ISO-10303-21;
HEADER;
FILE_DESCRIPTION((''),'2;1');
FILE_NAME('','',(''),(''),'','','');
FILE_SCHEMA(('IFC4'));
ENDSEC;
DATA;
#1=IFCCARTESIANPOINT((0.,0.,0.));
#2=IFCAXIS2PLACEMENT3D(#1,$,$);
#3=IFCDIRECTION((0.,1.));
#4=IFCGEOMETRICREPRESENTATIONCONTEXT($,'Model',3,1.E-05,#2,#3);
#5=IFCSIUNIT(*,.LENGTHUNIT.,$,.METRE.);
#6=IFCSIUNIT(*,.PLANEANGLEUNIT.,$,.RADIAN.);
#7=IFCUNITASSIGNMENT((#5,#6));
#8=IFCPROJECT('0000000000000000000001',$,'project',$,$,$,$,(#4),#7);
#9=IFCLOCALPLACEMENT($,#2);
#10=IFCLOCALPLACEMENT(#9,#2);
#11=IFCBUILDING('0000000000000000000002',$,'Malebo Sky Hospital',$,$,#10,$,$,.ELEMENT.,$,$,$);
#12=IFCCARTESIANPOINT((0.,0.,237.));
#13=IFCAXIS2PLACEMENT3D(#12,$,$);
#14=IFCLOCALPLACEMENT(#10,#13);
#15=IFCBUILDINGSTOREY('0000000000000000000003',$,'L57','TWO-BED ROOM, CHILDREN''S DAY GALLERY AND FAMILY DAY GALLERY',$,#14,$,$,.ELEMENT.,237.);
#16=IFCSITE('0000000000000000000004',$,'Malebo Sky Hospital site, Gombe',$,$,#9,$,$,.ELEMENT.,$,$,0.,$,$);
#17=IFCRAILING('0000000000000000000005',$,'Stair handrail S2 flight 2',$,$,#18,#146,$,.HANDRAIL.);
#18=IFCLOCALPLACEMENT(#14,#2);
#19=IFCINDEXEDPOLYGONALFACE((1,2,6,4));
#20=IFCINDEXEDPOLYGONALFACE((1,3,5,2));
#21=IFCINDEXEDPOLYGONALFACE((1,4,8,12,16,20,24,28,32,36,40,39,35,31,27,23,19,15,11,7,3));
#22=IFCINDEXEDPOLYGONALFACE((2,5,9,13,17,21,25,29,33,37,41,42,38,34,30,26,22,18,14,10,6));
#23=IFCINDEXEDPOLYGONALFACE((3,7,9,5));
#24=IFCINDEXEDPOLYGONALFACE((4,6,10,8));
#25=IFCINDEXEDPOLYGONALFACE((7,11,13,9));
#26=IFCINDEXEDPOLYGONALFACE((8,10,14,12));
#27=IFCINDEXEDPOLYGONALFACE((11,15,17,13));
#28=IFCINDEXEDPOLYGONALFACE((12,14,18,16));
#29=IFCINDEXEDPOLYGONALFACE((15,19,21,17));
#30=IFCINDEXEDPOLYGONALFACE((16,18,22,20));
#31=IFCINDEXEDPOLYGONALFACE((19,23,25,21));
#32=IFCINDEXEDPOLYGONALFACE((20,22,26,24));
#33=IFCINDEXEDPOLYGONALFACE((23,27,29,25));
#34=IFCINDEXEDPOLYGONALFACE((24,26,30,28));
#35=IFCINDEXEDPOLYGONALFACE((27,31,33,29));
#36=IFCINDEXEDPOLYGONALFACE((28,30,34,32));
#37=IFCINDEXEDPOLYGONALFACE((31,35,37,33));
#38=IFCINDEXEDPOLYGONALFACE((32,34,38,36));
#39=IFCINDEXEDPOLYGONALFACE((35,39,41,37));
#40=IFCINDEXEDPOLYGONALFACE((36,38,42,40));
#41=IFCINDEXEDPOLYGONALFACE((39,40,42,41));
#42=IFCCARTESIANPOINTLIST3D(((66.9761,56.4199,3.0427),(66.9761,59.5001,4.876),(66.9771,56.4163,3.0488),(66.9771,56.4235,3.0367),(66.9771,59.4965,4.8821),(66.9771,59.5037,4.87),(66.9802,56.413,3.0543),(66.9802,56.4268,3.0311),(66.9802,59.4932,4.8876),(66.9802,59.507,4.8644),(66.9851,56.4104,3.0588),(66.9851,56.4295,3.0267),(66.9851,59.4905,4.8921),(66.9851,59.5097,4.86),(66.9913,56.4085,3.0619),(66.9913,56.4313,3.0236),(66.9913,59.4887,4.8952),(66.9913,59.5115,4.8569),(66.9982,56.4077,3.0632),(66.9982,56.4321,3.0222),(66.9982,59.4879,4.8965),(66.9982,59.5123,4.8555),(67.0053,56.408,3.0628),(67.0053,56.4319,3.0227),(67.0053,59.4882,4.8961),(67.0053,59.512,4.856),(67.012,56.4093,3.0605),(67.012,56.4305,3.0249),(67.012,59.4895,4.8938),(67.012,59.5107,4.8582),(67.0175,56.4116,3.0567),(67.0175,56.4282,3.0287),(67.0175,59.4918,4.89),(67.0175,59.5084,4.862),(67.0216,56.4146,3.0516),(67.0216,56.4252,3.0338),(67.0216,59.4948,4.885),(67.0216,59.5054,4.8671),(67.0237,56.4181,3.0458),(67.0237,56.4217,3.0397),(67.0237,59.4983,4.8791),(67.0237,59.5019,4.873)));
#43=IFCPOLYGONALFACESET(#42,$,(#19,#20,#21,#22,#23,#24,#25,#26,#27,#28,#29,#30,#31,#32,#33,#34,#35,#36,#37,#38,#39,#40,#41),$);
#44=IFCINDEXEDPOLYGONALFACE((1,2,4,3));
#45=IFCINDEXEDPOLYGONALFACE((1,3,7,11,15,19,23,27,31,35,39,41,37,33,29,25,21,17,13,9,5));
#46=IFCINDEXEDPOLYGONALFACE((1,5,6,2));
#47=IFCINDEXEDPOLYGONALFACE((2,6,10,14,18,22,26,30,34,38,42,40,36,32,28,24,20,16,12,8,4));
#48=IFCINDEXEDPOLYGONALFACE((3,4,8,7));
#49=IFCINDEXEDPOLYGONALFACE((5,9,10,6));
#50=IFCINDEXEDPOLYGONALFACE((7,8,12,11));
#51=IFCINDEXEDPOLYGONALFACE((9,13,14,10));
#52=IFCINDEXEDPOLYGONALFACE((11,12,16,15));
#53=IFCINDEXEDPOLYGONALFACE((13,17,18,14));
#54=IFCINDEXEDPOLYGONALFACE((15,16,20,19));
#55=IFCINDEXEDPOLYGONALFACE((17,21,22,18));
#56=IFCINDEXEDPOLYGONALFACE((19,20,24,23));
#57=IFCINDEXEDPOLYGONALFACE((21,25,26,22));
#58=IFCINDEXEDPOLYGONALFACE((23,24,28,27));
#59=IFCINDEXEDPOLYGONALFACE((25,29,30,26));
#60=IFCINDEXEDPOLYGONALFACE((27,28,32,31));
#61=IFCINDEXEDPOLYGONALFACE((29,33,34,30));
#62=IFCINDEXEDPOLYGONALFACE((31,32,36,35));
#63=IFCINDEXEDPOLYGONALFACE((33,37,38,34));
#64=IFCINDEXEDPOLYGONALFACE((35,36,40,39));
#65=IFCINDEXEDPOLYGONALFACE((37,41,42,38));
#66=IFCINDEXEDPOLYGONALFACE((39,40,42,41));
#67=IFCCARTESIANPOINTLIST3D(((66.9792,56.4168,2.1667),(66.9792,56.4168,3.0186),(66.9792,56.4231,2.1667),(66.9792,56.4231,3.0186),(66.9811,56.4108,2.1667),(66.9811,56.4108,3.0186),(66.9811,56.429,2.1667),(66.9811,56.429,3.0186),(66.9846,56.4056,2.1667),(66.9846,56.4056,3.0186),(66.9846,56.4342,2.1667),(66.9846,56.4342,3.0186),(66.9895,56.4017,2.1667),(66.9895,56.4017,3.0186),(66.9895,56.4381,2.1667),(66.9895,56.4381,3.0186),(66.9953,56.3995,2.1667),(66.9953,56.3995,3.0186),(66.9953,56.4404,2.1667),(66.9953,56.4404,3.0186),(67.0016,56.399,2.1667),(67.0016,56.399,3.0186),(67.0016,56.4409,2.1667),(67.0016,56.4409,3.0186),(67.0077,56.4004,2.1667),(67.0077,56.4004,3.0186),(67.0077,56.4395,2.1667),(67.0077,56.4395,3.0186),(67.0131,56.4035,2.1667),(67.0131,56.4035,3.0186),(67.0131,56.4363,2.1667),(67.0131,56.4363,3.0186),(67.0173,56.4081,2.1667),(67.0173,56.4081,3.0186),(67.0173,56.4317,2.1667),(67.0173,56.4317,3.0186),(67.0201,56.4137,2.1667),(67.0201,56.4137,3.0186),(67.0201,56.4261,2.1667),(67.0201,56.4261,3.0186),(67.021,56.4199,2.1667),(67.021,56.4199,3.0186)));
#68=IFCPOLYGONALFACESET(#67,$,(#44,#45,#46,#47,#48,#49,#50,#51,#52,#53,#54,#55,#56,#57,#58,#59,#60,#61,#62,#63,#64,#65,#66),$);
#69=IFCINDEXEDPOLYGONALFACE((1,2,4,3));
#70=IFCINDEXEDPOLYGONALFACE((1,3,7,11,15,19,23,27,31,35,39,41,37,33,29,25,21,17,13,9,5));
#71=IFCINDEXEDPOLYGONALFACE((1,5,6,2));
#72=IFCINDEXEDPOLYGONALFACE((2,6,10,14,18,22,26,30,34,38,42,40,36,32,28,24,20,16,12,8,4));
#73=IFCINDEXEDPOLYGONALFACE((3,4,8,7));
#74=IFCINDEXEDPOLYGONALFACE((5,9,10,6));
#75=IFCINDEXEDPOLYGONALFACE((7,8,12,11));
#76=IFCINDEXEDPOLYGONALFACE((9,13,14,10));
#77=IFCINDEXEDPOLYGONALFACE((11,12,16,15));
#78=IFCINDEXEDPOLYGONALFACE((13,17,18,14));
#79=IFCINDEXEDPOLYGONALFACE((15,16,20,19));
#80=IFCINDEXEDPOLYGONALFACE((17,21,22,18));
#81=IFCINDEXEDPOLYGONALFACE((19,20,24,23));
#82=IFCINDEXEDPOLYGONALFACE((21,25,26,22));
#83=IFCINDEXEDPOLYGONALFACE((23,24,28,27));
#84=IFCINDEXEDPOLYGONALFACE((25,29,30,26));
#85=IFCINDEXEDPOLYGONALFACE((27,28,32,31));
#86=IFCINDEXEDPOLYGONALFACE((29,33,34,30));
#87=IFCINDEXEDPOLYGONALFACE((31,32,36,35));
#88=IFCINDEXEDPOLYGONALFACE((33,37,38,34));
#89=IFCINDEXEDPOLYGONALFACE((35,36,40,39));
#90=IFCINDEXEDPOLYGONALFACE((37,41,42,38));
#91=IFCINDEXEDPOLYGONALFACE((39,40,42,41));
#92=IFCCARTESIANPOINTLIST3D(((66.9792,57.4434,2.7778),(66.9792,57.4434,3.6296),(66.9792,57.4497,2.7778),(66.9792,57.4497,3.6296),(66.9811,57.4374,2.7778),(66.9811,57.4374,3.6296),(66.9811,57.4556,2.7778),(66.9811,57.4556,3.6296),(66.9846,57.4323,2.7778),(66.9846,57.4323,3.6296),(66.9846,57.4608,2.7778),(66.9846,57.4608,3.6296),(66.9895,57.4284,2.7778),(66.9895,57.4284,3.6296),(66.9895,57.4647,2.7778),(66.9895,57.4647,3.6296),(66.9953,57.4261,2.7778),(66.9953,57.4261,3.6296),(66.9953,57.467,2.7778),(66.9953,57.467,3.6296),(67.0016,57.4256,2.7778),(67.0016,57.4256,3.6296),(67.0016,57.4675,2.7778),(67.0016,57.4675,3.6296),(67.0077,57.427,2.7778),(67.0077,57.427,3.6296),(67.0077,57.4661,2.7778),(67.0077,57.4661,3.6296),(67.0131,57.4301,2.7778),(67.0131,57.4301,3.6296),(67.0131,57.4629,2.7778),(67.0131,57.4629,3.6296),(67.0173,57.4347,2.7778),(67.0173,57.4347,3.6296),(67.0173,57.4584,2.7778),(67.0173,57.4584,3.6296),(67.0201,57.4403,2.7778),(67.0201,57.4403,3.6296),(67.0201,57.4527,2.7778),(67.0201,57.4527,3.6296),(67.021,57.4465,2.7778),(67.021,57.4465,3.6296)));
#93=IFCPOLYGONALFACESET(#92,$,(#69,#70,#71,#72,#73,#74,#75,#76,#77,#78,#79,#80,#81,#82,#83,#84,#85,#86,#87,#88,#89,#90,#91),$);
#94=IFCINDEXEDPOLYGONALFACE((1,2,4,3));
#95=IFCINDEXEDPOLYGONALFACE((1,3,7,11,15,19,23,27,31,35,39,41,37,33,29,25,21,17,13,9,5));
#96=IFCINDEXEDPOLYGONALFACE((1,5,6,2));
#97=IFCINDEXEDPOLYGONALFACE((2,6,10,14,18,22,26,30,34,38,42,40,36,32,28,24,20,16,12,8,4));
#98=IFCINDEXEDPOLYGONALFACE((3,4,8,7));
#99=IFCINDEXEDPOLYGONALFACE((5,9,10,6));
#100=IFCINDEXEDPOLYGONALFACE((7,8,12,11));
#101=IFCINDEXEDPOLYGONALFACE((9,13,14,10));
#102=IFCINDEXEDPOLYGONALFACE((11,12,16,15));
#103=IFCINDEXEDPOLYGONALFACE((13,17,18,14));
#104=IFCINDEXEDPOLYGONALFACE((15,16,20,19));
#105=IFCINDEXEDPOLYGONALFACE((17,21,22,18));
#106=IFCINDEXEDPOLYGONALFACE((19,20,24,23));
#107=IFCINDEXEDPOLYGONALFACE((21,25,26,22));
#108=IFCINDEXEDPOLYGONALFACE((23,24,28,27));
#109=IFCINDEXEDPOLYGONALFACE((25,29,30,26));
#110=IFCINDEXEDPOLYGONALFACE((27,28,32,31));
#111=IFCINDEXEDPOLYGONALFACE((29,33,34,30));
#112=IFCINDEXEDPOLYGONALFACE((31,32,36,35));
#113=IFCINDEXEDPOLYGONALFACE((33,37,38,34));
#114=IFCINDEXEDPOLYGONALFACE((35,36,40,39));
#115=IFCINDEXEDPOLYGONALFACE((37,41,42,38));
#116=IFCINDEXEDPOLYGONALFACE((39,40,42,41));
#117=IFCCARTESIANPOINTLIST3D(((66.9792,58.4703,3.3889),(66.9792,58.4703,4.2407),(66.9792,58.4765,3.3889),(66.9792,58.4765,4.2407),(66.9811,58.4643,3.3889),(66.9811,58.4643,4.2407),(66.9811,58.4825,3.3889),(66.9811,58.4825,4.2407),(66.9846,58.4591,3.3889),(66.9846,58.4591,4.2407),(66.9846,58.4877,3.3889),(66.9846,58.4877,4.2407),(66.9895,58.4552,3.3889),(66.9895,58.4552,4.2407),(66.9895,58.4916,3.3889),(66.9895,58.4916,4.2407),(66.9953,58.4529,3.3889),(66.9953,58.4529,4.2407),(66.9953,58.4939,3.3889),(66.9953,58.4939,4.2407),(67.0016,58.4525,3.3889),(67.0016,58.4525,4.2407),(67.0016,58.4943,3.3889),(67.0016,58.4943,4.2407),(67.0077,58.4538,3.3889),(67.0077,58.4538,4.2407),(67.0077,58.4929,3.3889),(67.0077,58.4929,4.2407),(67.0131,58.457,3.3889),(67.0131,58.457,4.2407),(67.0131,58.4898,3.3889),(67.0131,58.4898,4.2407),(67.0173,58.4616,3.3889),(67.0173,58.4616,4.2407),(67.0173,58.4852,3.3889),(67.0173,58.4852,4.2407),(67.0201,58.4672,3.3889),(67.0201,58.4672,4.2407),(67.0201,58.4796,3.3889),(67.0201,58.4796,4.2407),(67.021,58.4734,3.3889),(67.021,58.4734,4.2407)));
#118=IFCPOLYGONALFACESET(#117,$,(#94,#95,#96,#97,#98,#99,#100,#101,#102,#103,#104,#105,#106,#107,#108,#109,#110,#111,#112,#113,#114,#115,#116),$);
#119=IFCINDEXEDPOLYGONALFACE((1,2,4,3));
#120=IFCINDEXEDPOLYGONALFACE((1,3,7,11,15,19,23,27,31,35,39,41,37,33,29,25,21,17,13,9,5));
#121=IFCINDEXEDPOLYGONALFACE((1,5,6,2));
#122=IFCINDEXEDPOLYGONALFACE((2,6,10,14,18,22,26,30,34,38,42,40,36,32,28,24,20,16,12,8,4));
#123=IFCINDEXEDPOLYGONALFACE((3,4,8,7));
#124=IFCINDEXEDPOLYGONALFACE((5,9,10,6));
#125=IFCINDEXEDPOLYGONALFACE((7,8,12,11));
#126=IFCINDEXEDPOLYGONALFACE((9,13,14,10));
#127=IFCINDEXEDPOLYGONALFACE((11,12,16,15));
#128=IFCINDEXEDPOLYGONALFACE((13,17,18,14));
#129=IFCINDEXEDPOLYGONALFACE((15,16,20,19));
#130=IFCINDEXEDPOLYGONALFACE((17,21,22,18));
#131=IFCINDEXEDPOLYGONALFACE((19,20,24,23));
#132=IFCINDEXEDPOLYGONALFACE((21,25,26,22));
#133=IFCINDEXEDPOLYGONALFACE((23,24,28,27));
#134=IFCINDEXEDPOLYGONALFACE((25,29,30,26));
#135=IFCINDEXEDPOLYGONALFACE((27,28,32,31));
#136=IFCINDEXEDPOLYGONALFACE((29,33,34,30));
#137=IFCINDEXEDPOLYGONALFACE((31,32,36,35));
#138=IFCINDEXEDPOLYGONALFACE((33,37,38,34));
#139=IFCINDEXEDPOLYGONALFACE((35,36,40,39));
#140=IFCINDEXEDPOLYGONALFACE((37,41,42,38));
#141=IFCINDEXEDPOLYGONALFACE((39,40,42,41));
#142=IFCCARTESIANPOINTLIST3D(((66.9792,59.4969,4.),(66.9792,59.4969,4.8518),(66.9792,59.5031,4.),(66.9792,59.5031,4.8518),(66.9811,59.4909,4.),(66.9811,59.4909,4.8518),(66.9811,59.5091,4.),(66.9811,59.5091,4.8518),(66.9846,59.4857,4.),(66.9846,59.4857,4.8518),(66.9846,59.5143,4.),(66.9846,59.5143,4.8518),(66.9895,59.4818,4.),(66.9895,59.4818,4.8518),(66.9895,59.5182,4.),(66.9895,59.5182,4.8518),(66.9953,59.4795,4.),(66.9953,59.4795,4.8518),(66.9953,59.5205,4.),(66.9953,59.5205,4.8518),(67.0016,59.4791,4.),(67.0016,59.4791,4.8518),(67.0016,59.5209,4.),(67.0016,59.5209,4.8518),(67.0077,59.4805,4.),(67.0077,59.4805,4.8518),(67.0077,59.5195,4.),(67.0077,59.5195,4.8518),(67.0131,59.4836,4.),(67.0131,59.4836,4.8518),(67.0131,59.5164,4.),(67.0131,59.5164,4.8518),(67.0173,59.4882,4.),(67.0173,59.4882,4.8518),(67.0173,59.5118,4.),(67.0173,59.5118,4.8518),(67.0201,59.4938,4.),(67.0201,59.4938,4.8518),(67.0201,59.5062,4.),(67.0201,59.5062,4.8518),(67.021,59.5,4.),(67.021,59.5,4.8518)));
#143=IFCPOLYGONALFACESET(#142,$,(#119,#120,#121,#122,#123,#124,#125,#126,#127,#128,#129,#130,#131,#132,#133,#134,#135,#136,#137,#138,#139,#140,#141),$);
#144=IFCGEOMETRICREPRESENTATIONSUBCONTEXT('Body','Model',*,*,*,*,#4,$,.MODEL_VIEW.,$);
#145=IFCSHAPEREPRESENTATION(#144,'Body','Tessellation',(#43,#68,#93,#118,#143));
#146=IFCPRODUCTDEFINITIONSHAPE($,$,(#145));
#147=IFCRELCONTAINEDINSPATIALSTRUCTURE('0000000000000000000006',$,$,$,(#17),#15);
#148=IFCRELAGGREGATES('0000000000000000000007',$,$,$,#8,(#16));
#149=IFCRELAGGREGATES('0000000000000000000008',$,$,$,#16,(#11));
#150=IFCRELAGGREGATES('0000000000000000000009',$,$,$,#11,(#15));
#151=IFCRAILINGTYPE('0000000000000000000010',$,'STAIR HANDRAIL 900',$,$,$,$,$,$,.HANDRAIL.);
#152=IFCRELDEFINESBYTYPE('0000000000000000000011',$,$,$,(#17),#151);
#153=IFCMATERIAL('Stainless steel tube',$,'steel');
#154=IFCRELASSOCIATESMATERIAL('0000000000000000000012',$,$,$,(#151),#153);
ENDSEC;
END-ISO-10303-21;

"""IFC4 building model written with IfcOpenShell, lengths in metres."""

from ifc_helpers import new_model, si_unit, direction, frame, origin, origin_2d, place, context, subcontext, project, spatial, circle, extrude, material, type_object, element, save


model = new_model("IFC4")

# Units and contexts
model_context = context("Model", 3, precision=1e-05, world=origin(), true_north=direction((0.0, 1.0)))
body_context = subcontext(model_context, "Body", "Model", "MODEL_VIEW")
ifc_project = project(units=[si_unit("LENGTHUNIT", "METRE"), si_unit("PLANEANGLEUNIT", "RADIAN")], contexts=[model_context])

# Site, building, storey
site_placement = place(None, origin())
site = spatial("IfcSite", under=ifc_project, at=site_placement, Name="Malebo Sky Hospital site, Gombe", CompositionType="ELEMENT", RefElevation=0.0)
building_placement = place(site_placement, origin())
building = spatial("IfcBuilding", under=site, at=building_placement, Name="Malebo Sky Hospital", CompositionType="ELEMENT")
storey_placement = place(building_placement, frame((0.0, 0.0, 237.0)))
storey = spatial("IfcBuildingStorey", under=building, at=storey_placement, Name="L57", Description="TWO-BED ROOM, CHILDREN'S DAY GALLERY AND FAMILY DAY GALLERY", CompositionType="ELEMENT", Elevation=237.0)

# Railing
ifc_material_1 = material(Name="Stainless steel tube", Category="steel")
railing_type = type_object("IfcRailingType", Name="STAIR HANDRAIL 900", PredefinedType="HANDRAIL", material=ifc_material_1)
railing_1_placement = place(storey_placement, frame((67.0, 56.4199, 2.1667)))
element("IfcRailing", 1, at=railing_1_placement, inside=storey, type_object=railing_type, Name="Stair handrail S2 flight 2", PredefinedType="HANDRAIL", context=body_context, shape_type="SweptSolid", body=[
    extrude(circle(Radius=0.0239, at=origin_2d()), frame((0.0, 0.0, 0.876), z_axis=(0.0, 0.859309, 0.511458), x_axis=(-1.0, 0.0, 0.0)), (0.0, 0.0, 1.0), 3.5845),
    extrude(circle(Radius=0.021, at=origin_2d()), origin(), (0.0, 0.0, 1.0), 0.8518),
    extrude(circle(Radius=0.021, at=origin_2d()), frame((0.0, 1.0266, 0.6111)), (0.0, 0.0, 1.0), 0.8518),
    extrude(circle(Radius=0.021, at=origin_2d()), frame((0.0, 2.0535, 1.2222)), (0.0, 0.0, 1.0), 0.8518),
    extrude(circle(Radius=0.021, at=origin_2d()), frame((0.0, 3.0801, 1.8333)), (0.0, 0.0, 1.0), 0.8518),
])

save(model, "model.ifc")
